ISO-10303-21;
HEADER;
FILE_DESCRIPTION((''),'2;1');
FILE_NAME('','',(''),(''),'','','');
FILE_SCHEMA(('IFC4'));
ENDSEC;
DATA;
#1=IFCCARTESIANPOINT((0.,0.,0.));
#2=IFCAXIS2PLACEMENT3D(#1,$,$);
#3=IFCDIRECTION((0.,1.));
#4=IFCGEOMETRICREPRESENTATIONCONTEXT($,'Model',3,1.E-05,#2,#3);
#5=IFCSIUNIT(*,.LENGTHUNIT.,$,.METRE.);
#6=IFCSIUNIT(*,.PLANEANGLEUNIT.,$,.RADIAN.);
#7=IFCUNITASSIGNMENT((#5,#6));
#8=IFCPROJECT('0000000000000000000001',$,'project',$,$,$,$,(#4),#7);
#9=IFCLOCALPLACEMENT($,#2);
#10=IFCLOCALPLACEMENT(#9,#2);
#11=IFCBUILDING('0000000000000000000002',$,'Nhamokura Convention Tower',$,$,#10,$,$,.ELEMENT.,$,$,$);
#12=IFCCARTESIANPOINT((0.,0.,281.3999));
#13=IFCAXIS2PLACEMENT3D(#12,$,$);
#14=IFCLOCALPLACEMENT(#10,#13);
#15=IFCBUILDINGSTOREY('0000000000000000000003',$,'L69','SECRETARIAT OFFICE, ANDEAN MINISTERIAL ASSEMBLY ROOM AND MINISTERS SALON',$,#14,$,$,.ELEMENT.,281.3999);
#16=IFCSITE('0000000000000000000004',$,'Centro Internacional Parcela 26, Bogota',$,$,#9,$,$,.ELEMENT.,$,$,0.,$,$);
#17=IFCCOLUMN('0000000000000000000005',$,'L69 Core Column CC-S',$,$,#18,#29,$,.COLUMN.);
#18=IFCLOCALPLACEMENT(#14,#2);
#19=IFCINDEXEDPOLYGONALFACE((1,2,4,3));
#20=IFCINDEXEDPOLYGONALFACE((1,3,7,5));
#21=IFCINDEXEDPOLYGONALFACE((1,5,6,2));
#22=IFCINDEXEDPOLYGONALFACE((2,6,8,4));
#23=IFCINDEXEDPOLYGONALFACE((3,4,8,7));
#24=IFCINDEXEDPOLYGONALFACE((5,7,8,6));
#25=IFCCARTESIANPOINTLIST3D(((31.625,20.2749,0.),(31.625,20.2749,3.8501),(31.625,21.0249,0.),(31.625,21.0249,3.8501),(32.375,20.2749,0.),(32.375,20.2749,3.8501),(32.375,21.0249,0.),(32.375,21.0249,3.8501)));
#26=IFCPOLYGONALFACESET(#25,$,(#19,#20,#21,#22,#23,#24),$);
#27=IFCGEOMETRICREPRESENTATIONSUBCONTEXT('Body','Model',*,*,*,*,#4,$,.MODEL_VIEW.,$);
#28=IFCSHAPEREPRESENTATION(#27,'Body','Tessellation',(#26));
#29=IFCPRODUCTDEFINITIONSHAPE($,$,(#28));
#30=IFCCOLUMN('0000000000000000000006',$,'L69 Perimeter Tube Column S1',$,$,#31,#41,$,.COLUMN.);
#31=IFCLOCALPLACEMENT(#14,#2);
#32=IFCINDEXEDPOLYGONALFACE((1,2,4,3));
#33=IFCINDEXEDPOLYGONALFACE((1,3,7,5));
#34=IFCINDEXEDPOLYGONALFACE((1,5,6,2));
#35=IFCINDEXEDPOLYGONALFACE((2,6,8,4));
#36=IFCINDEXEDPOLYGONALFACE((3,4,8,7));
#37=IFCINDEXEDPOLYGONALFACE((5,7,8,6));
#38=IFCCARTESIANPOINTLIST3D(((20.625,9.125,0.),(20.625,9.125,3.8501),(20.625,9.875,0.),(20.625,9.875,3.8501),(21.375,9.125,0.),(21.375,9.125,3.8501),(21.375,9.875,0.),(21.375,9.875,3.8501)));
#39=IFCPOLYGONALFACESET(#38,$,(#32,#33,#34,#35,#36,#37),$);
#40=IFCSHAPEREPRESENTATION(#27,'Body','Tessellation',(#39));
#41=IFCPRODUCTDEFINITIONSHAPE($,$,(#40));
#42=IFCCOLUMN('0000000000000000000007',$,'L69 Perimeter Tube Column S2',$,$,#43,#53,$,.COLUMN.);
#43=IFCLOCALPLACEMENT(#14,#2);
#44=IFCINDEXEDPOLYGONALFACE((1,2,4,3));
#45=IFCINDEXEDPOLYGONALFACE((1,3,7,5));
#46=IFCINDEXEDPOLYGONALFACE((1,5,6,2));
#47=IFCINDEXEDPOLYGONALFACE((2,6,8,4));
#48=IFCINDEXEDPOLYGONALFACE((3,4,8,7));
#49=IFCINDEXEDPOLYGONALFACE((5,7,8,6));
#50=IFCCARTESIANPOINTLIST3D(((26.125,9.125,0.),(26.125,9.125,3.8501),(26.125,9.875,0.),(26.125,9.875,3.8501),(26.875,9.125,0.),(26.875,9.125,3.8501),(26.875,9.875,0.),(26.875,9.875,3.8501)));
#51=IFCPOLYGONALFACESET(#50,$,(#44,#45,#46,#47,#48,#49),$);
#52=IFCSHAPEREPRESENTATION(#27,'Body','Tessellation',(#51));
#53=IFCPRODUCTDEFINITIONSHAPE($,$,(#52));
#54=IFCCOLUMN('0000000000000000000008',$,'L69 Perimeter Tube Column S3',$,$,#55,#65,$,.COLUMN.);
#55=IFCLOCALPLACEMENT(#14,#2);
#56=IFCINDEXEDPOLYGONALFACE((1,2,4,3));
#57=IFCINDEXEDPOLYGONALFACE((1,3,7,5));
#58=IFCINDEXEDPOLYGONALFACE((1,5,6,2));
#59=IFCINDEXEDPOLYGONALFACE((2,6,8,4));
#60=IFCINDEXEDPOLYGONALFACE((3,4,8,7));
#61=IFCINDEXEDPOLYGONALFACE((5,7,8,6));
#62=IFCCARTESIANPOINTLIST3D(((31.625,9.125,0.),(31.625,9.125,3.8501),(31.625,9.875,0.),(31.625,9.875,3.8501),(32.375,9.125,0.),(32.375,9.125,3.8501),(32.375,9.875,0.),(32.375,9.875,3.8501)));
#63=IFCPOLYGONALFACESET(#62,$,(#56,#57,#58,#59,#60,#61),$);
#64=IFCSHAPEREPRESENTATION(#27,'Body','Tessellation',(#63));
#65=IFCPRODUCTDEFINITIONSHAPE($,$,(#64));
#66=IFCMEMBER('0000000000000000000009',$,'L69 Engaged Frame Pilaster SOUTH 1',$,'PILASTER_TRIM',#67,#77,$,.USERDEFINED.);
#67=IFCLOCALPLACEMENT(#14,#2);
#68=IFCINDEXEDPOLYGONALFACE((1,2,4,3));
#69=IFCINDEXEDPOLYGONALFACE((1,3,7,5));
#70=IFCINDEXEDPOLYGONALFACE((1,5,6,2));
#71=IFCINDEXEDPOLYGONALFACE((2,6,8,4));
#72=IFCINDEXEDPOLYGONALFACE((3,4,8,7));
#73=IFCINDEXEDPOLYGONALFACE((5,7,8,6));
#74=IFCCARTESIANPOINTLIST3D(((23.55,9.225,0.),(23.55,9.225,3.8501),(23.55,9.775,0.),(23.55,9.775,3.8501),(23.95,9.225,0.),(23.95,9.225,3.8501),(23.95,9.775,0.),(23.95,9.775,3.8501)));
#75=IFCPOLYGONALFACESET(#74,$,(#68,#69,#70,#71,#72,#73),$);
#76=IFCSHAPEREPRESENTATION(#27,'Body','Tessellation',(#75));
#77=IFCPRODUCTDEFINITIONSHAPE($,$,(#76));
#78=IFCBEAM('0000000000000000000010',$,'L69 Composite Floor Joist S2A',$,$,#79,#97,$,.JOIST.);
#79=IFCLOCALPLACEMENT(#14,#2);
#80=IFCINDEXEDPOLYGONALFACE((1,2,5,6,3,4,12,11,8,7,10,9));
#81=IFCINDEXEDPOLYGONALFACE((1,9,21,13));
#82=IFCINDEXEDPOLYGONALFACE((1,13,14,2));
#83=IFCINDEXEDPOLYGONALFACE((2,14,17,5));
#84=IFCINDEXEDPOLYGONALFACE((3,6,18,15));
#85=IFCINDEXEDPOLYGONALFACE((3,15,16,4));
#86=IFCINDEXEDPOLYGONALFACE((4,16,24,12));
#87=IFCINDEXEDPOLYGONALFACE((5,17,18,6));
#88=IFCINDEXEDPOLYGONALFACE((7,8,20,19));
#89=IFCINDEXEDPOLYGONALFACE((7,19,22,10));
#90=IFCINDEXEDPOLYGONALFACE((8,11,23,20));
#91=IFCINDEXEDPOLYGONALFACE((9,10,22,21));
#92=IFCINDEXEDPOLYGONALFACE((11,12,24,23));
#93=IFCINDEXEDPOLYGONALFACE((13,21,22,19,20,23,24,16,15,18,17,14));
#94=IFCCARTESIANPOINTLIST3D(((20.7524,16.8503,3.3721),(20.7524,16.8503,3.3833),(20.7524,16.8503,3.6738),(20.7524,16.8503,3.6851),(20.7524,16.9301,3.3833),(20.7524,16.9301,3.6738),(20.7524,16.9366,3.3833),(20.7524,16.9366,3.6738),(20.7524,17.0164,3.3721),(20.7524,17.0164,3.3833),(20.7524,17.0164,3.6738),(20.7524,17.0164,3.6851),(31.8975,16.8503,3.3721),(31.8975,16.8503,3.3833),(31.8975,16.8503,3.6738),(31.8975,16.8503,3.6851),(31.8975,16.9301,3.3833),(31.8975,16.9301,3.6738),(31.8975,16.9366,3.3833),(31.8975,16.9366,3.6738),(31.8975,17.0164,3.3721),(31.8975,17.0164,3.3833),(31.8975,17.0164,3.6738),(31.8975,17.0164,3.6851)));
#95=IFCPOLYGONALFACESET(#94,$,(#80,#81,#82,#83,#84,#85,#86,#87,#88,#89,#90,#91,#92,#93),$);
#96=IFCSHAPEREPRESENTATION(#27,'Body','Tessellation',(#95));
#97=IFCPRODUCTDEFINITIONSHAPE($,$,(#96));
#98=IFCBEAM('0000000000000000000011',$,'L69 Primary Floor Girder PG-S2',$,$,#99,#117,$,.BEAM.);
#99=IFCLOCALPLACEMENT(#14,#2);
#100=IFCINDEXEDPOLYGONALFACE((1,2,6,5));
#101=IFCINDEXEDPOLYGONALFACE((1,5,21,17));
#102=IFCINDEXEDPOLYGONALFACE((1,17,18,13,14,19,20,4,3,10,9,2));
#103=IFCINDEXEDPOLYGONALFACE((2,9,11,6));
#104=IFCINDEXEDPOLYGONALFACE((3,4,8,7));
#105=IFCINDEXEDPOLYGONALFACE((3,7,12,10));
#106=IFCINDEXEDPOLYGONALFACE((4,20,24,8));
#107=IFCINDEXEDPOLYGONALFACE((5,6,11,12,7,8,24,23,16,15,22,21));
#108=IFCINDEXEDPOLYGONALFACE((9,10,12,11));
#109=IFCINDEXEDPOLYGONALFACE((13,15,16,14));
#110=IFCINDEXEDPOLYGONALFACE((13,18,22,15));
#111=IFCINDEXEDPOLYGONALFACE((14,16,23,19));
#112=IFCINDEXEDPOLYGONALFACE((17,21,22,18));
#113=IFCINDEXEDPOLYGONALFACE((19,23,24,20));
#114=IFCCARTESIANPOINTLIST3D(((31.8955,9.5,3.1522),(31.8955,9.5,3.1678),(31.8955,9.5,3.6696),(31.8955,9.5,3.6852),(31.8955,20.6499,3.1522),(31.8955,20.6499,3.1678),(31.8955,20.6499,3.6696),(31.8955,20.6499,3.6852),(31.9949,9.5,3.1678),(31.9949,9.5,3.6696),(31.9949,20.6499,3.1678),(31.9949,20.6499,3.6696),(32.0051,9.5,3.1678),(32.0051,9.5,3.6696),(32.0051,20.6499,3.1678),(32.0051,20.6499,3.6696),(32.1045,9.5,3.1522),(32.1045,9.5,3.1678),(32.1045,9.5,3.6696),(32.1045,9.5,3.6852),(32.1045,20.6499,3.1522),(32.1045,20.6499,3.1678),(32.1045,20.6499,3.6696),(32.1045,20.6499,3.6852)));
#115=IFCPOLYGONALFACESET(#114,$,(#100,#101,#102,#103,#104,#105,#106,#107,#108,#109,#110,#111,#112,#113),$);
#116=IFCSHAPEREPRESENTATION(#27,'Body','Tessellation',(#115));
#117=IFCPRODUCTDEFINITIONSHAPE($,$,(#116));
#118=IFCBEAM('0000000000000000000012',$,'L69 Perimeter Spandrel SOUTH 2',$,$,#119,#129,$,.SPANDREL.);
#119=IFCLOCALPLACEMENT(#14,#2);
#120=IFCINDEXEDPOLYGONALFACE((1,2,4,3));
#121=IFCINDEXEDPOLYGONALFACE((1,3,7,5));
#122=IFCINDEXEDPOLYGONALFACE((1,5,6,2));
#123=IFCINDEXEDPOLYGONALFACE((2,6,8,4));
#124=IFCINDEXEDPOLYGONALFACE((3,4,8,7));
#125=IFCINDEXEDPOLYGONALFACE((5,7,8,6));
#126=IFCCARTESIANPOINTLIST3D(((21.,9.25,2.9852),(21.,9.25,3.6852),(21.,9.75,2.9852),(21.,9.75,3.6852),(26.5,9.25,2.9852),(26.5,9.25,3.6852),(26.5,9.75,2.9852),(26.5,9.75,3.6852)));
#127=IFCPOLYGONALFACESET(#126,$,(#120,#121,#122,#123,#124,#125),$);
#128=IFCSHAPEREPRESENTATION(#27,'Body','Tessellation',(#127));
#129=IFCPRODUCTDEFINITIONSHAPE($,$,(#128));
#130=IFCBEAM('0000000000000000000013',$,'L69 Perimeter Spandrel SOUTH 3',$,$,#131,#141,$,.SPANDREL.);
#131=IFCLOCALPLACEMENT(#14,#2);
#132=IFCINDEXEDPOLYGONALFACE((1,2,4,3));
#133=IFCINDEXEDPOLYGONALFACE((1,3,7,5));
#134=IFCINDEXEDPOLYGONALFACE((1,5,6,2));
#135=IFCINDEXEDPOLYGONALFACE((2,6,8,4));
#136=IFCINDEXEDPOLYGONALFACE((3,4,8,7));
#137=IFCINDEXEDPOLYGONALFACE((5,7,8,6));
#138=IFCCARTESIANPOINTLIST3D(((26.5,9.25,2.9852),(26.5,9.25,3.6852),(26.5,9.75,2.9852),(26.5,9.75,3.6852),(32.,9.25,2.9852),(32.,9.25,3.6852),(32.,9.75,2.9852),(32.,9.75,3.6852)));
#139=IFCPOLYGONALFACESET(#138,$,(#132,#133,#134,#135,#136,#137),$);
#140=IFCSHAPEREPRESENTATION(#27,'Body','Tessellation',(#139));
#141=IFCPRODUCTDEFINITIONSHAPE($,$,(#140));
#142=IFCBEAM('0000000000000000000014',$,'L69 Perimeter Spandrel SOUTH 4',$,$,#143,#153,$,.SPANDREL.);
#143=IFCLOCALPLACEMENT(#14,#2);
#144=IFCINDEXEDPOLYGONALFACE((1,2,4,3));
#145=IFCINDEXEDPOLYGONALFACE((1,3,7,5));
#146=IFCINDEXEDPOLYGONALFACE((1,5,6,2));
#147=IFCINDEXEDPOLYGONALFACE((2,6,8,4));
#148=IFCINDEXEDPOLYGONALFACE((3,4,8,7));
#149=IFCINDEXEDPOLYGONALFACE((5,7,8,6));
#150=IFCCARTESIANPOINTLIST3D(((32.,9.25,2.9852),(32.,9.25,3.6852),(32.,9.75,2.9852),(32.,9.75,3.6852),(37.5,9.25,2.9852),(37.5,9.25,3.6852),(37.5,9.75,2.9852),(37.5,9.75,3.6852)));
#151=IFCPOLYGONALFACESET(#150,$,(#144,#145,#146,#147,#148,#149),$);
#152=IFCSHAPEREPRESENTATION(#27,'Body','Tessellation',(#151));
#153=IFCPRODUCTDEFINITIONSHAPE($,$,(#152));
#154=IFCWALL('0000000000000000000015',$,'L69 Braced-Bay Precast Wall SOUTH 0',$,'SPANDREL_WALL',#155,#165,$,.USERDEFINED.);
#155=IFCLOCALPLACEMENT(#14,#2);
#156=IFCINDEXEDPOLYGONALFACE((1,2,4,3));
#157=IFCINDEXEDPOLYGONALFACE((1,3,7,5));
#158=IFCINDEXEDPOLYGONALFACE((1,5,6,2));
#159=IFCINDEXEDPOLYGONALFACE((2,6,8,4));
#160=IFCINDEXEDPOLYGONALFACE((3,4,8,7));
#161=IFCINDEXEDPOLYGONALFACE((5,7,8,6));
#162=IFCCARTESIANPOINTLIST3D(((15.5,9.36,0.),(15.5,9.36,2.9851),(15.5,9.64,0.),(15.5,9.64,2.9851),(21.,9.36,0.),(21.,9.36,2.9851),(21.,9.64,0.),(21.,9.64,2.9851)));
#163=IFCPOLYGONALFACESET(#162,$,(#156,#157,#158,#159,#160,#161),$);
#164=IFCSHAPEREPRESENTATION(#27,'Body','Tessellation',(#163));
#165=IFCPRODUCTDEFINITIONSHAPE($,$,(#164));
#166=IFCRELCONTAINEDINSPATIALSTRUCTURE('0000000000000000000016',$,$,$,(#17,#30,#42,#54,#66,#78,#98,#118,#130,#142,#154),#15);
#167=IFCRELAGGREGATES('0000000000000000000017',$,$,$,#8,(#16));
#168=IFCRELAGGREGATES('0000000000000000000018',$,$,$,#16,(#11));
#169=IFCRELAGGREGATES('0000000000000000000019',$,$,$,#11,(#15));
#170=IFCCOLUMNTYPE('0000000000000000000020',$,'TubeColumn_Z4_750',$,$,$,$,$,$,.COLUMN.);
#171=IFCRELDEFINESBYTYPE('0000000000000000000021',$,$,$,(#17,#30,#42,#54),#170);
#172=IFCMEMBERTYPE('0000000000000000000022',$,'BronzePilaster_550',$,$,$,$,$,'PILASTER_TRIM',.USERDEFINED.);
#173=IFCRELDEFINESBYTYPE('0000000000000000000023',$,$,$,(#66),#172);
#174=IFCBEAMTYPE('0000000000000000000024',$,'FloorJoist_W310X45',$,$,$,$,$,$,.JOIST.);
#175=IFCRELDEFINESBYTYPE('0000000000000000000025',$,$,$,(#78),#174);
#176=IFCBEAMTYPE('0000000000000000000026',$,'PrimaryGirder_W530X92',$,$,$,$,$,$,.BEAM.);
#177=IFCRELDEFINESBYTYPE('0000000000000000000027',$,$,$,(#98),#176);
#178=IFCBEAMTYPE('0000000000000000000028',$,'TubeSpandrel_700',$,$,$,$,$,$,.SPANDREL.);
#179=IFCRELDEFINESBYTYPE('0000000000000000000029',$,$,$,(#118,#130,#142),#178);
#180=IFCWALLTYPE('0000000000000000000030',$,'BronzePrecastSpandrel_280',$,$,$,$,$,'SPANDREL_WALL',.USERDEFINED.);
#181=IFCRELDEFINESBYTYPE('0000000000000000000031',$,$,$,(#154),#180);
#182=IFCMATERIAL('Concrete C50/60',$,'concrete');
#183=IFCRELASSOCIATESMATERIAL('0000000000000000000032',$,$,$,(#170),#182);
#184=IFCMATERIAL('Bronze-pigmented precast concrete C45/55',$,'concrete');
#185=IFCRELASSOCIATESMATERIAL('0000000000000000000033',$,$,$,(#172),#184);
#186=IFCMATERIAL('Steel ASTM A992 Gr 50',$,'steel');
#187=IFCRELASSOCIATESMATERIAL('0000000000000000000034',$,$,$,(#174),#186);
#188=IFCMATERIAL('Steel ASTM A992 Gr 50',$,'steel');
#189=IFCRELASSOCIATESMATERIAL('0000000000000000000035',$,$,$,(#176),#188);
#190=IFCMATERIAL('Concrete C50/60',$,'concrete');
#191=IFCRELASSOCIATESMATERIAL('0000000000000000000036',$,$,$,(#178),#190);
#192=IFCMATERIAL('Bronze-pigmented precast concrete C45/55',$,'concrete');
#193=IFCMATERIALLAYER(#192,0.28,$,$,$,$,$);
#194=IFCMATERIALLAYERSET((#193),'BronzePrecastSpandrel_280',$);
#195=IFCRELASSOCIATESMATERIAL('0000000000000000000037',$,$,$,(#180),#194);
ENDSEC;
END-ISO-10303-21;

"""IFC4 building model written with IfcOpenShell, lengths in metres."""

from ifc_helpers import new_model, si_unit, direction, frame, frame_2d, origin, origin_2d, place, context, subcontext, project, spatial, rectangle, i_section, extrude, material, layer, layer_set, material_profile, profile_set, type_object, element, save


model = new_model("IFC4")

# Units and contexts
model_context = context("Model", 3, precision=1e-05, world=origin(), true_north=direction((0.0, 1.0)))
body_context = subcontext(model_context, "Body", "Model", "MODEL_VIEW")
ifc_project = project(units=[si_unit("LENGTHUNIT", "METRE"), si_unit("PLANEANGLEUNIT", "RADIAN")], contexts=[model_context])

# Site, building, storey
site_placement = place(None, origin())
site = spatial("IfcSite", under=ifc_project, at=site_placement, Name="Centro Internacional Parcela 26, Bogota", CompositionType="ELEMENT", RefElevation=0.0)
building_placement = place(site_placement, origin())
building = spatial("IfcBuilding", under=site, at=building_placement, Name="Nhamokura Convention Tower", CompositionType="ELEMENT")
storey_placement = place(building_placement, frame((0.0, 0.0, 281.3999)))
storey = spatial("IfcBuildingStorey", under=building, at=storey_placement, Name="L69", Description="SECRETARIAT OFFICE, ANDEAN MINISTERIAL ASSEMBLY ROOM AND MINISTERS SALON", CompositionType="ELEMENT", Elevation=281.3999)

# Columns
ifc_material_1 = material(Name="Concrete C50/60", Category="concrete")
ifc_material_profile_1 = material_profile(ifc_material_1, rectangle(XDim=0.75, YDim=0.75, at=origin_2d()))
ifc_profile_set_1 = profile_set([ifc_material_profile_1], Name="Concrete C50/60")
column_type = type_object("IfcColumnType", Name="TubeColumn_Z4_750", PredefinedType="COLUMN", material=ifc_profile_set_1)
for number, where, z_axis, x_axis, name in (
    (1, (32.0, 20.6499, 0.0), (0.0, 0.0, 1.0), (1.0, 0.0, 0.0), "L69 Core Column CC-S"),
    (2, (21.0, 9.5, 0.0), (0.0, 0.0, 1.0), (1.0, 0.0, 0.0), "L69 Perimeter Tube Column S1"),
    (3, (26.5, 9.5, 0.0), (0.0, 0.0, 1.0), (1.0, 0.0, 0.0), "L69 Perimeter Tube Column S2"),
    (4, (32.0, 9.5, 0.0), (0.0, 0.0, 1.0), (1.0, 0.0, 0.0), "L69 Perimeter Tube Column S3"),
):
    element("IfcColumn", number, at=place(storey_placement, frame(where, z_axis=z_axis, x_axis=x_axis)), inside=storey, type_object=column_type, Name=name, PredefinedType="COLUMN", context=body_context, shape_type="SweptSolid", body=[
        extrude(rectangle(XDim=0.75, YDim=0.75, at=origin_2d()), origin(), (0.0, 0.0, 1.0), 3.8501),
    ])

# Member
ifc_material_2 = material(Name="Bronze-pigmented precast concrete C45/55", Category="concrete")
ifc_material_profile_2 = material_profile(ifc_material_2, rectangle(XDim=0.3999, YDim=0.55, at=origin_2d()))
ifc_profile_set_2 = profile_set([ifc_material_profile_2], Name="Bronze-pigmented precast concrete C45/55")
member_type = type_object("IfcMemberType", Name="BronzePilaster_550", ElementType="PILASTER_TRIM", PredefinedType="USERDEFINED", material=ifc_profile_set_2)
member_placement = place(storey_placement, frame((23.75, 9.5, 0.0), z_axis=(0.0, 0.0, 1.0), x_axis=(1.0, 0.0, 0.0)))
element("IfcMember", 5, at=member_placement, inside=storey, type_object=member_type, Name="L69 Engaged Frame Pilaster SOUTH 1", ObjectType="PILASTER_TRIM", PredefinedType="USERDEFINED", context=body_context, shape_type="SweptSolid", body=[
    extrude(rectangle(XDim=0.3999, YDim=0.55, at=origin_2d()), origin(), (0.0, 0.0, 1.0), 3.8501),
])

# Beams
ifc_material_3 = material(Name="Steel ASTM A992 Gr 50", Category="steel")
ifc_material_profile_3 = material_profile(ifc_material_3, i_section(OverallWidth=0.166, OverallDepth=0.313, WebThickness=0.0066, FlangeThickness=0.0112, at=origin_2d()))
ifc_profile_set_3 = profile_set([ifc_material_profile_3], Name="Steel ASTM A992 Gr 50")
beam_type_1 = type_object("IfcBeamType", Name="FloorJoist_W310X45", PredefinedType="JOIST", material=ifc_profile_set_3)
beam_1_placement = place(storey_placement, frame((20.7524, 16.9333, 3.5286), z_axis=(1.0, 0.0, 0.0), x_axis=(0.0, 1.0, 0.0)))
element("IfcBeam", 6, at=beam_1_placement, inside=storey, type_object=beam_type_1, Name="L69 Composite Floor Joist S2A", PredefinedType="JOIST", context=body_context, shape_type="SweptSolid", body=[
    extrude(i_section(OverallWidth=0.166, OverallDepth=0.313, WebThickness=0.0066, FlangeThickness=0.0112, at=origin_2d()), origin(), (0.0, 0.0, 1.0), 11.145),
])
ifc_material_4 = material(Name="Steel ASTM A992 Gr 50", Category="steel")
ifc_material_profile_4 = material_profile(ifc_material_4, i_section(OverallWidth=0.209, OverallDepth=0.533, WebThickness=0.0103, FlangeThickness=0.0156, at=origin_2d()))
ifc_profile_set_4 = profile_set([ifc_material_profile_4], Name="Steel ASTM A992 Gr 50")
beam_type_2 = type_object("IfcBeamType", Name="PrimaryGirder_W530X92", PredefinedType="BEAM", material=ifc_profile_set_4)
beam_2_placement = place(storey_placement, frame((32.0, 9.5, 3.4187), z_axis=(0.0, 1.0, 0.0), x_axis=(-1.0, 0.0, 0.0)))
element("IfcBeam", 7, at=beam_2_placement, inside=storey, type_object=beam_type_2, Name="L69 Primary Floor Girder PG-S2", PredefinedType="BEAM", context=body_context, shape_type="SweptSolid", body=[
    extrude(i_section(OverallWidth=0.209, OverallDepth=0.533, WebThickness=0.0103, FlangeThickness=0.0156, at=origin_2d()), origin(), (0.0, 0.0, 1.0), 11.1499),
])
ifc_material_5 = material(Name="Concrete C50/60", Category="concrete")
ifc_material_profile_5 = material_profile(ifc_material_5, rectangle(XDim=0.5, YDim=0.7, at=origin_2d()))
ifc_profile_set_5 = profile_set([ifc_material_profile_5], Name="Concrete C50/60")
beam_type_3 = type_object("IfcBeamType", Name="TubeSpandrel_700", PredefinedType="SPANDREL", material=ifc_profile_set_5)
for number, where, z_axis, x_axis, name in (
    (8, (21.0, 9.5, 3.3352), (1.0, 0.0, 0.0), (0.0, 1.0, 0.0), "L69 Perimeter Spandrel SOUTH 2"),
    (9, (26.5, 9.5, 3.3352), (1.0, 0.0, 0.0), (0.0, 1.0, 0.0), "L69 Perimeter Spandrel SOUTH 3"),
    (10, (32.0, 9.5, 3.3352), (1.0, 0.0, 0.0), (0.0, 1.0, 0.0), "L69 Perimeter Spandrel SOUTH 4"),
):
    element("IfcBeam", number, at=place(storey_placement, frame(where, z_axis=z_axis, x_axis=x_axis)), inside=storey, type_object=beam_type_3, Name=name, PredefinedType="SPANDREL", context=body_context, shape_type="SweptSolid", body=[
        extrude(rectangle(XDim=0.5, YDim=0.7, at=origin_2d()), origin(), (0.0, 0.0, 1.0), 5.5),
    ])

# Wall
ifc_material_6 = material(Name="Bronze-pigmented precast concrete C45/55", Category="concrete")
ifc_layer_1 = layer(ifc_material_6, 0.28)
ifc_layer_set_1 = layer_set([ifc_layer_1], Name="BronzePrecastSpandrel_280")
wall_type_1 = type_object("IfcWallType", Name="BronzePrecastSpandrel_280", ElementType="SPANDREL_WALL", PredefinedType="USERDEFINED", material=ifc_layer_set_1)
wall_1_placement = place(storey_placement, frame((21.0, 9.5, 0.0), z_axis=(0.0, 0.0, 1.0), x_axis=(-1.0, 0.0, 0.0)))
element("IfcWall", 11, at=wall_1_placement, inside=storey, type_object=wall_type_1, Name="L69 Braced-Bay Precast Wall SOUTH 0", ObjectType="SPANDREL_WALL", PredefinedType="USERDEFINED", context=body_context, shape_type="SweptSolid", body=[
    extrude(rectangle(XDim=5.5, YDim=0.28, at=frame_2d((2.75, 0.0))), origin(), (0.0, 0.0, 1.0), 2.9851),
])

save(model, "model.ifc")
